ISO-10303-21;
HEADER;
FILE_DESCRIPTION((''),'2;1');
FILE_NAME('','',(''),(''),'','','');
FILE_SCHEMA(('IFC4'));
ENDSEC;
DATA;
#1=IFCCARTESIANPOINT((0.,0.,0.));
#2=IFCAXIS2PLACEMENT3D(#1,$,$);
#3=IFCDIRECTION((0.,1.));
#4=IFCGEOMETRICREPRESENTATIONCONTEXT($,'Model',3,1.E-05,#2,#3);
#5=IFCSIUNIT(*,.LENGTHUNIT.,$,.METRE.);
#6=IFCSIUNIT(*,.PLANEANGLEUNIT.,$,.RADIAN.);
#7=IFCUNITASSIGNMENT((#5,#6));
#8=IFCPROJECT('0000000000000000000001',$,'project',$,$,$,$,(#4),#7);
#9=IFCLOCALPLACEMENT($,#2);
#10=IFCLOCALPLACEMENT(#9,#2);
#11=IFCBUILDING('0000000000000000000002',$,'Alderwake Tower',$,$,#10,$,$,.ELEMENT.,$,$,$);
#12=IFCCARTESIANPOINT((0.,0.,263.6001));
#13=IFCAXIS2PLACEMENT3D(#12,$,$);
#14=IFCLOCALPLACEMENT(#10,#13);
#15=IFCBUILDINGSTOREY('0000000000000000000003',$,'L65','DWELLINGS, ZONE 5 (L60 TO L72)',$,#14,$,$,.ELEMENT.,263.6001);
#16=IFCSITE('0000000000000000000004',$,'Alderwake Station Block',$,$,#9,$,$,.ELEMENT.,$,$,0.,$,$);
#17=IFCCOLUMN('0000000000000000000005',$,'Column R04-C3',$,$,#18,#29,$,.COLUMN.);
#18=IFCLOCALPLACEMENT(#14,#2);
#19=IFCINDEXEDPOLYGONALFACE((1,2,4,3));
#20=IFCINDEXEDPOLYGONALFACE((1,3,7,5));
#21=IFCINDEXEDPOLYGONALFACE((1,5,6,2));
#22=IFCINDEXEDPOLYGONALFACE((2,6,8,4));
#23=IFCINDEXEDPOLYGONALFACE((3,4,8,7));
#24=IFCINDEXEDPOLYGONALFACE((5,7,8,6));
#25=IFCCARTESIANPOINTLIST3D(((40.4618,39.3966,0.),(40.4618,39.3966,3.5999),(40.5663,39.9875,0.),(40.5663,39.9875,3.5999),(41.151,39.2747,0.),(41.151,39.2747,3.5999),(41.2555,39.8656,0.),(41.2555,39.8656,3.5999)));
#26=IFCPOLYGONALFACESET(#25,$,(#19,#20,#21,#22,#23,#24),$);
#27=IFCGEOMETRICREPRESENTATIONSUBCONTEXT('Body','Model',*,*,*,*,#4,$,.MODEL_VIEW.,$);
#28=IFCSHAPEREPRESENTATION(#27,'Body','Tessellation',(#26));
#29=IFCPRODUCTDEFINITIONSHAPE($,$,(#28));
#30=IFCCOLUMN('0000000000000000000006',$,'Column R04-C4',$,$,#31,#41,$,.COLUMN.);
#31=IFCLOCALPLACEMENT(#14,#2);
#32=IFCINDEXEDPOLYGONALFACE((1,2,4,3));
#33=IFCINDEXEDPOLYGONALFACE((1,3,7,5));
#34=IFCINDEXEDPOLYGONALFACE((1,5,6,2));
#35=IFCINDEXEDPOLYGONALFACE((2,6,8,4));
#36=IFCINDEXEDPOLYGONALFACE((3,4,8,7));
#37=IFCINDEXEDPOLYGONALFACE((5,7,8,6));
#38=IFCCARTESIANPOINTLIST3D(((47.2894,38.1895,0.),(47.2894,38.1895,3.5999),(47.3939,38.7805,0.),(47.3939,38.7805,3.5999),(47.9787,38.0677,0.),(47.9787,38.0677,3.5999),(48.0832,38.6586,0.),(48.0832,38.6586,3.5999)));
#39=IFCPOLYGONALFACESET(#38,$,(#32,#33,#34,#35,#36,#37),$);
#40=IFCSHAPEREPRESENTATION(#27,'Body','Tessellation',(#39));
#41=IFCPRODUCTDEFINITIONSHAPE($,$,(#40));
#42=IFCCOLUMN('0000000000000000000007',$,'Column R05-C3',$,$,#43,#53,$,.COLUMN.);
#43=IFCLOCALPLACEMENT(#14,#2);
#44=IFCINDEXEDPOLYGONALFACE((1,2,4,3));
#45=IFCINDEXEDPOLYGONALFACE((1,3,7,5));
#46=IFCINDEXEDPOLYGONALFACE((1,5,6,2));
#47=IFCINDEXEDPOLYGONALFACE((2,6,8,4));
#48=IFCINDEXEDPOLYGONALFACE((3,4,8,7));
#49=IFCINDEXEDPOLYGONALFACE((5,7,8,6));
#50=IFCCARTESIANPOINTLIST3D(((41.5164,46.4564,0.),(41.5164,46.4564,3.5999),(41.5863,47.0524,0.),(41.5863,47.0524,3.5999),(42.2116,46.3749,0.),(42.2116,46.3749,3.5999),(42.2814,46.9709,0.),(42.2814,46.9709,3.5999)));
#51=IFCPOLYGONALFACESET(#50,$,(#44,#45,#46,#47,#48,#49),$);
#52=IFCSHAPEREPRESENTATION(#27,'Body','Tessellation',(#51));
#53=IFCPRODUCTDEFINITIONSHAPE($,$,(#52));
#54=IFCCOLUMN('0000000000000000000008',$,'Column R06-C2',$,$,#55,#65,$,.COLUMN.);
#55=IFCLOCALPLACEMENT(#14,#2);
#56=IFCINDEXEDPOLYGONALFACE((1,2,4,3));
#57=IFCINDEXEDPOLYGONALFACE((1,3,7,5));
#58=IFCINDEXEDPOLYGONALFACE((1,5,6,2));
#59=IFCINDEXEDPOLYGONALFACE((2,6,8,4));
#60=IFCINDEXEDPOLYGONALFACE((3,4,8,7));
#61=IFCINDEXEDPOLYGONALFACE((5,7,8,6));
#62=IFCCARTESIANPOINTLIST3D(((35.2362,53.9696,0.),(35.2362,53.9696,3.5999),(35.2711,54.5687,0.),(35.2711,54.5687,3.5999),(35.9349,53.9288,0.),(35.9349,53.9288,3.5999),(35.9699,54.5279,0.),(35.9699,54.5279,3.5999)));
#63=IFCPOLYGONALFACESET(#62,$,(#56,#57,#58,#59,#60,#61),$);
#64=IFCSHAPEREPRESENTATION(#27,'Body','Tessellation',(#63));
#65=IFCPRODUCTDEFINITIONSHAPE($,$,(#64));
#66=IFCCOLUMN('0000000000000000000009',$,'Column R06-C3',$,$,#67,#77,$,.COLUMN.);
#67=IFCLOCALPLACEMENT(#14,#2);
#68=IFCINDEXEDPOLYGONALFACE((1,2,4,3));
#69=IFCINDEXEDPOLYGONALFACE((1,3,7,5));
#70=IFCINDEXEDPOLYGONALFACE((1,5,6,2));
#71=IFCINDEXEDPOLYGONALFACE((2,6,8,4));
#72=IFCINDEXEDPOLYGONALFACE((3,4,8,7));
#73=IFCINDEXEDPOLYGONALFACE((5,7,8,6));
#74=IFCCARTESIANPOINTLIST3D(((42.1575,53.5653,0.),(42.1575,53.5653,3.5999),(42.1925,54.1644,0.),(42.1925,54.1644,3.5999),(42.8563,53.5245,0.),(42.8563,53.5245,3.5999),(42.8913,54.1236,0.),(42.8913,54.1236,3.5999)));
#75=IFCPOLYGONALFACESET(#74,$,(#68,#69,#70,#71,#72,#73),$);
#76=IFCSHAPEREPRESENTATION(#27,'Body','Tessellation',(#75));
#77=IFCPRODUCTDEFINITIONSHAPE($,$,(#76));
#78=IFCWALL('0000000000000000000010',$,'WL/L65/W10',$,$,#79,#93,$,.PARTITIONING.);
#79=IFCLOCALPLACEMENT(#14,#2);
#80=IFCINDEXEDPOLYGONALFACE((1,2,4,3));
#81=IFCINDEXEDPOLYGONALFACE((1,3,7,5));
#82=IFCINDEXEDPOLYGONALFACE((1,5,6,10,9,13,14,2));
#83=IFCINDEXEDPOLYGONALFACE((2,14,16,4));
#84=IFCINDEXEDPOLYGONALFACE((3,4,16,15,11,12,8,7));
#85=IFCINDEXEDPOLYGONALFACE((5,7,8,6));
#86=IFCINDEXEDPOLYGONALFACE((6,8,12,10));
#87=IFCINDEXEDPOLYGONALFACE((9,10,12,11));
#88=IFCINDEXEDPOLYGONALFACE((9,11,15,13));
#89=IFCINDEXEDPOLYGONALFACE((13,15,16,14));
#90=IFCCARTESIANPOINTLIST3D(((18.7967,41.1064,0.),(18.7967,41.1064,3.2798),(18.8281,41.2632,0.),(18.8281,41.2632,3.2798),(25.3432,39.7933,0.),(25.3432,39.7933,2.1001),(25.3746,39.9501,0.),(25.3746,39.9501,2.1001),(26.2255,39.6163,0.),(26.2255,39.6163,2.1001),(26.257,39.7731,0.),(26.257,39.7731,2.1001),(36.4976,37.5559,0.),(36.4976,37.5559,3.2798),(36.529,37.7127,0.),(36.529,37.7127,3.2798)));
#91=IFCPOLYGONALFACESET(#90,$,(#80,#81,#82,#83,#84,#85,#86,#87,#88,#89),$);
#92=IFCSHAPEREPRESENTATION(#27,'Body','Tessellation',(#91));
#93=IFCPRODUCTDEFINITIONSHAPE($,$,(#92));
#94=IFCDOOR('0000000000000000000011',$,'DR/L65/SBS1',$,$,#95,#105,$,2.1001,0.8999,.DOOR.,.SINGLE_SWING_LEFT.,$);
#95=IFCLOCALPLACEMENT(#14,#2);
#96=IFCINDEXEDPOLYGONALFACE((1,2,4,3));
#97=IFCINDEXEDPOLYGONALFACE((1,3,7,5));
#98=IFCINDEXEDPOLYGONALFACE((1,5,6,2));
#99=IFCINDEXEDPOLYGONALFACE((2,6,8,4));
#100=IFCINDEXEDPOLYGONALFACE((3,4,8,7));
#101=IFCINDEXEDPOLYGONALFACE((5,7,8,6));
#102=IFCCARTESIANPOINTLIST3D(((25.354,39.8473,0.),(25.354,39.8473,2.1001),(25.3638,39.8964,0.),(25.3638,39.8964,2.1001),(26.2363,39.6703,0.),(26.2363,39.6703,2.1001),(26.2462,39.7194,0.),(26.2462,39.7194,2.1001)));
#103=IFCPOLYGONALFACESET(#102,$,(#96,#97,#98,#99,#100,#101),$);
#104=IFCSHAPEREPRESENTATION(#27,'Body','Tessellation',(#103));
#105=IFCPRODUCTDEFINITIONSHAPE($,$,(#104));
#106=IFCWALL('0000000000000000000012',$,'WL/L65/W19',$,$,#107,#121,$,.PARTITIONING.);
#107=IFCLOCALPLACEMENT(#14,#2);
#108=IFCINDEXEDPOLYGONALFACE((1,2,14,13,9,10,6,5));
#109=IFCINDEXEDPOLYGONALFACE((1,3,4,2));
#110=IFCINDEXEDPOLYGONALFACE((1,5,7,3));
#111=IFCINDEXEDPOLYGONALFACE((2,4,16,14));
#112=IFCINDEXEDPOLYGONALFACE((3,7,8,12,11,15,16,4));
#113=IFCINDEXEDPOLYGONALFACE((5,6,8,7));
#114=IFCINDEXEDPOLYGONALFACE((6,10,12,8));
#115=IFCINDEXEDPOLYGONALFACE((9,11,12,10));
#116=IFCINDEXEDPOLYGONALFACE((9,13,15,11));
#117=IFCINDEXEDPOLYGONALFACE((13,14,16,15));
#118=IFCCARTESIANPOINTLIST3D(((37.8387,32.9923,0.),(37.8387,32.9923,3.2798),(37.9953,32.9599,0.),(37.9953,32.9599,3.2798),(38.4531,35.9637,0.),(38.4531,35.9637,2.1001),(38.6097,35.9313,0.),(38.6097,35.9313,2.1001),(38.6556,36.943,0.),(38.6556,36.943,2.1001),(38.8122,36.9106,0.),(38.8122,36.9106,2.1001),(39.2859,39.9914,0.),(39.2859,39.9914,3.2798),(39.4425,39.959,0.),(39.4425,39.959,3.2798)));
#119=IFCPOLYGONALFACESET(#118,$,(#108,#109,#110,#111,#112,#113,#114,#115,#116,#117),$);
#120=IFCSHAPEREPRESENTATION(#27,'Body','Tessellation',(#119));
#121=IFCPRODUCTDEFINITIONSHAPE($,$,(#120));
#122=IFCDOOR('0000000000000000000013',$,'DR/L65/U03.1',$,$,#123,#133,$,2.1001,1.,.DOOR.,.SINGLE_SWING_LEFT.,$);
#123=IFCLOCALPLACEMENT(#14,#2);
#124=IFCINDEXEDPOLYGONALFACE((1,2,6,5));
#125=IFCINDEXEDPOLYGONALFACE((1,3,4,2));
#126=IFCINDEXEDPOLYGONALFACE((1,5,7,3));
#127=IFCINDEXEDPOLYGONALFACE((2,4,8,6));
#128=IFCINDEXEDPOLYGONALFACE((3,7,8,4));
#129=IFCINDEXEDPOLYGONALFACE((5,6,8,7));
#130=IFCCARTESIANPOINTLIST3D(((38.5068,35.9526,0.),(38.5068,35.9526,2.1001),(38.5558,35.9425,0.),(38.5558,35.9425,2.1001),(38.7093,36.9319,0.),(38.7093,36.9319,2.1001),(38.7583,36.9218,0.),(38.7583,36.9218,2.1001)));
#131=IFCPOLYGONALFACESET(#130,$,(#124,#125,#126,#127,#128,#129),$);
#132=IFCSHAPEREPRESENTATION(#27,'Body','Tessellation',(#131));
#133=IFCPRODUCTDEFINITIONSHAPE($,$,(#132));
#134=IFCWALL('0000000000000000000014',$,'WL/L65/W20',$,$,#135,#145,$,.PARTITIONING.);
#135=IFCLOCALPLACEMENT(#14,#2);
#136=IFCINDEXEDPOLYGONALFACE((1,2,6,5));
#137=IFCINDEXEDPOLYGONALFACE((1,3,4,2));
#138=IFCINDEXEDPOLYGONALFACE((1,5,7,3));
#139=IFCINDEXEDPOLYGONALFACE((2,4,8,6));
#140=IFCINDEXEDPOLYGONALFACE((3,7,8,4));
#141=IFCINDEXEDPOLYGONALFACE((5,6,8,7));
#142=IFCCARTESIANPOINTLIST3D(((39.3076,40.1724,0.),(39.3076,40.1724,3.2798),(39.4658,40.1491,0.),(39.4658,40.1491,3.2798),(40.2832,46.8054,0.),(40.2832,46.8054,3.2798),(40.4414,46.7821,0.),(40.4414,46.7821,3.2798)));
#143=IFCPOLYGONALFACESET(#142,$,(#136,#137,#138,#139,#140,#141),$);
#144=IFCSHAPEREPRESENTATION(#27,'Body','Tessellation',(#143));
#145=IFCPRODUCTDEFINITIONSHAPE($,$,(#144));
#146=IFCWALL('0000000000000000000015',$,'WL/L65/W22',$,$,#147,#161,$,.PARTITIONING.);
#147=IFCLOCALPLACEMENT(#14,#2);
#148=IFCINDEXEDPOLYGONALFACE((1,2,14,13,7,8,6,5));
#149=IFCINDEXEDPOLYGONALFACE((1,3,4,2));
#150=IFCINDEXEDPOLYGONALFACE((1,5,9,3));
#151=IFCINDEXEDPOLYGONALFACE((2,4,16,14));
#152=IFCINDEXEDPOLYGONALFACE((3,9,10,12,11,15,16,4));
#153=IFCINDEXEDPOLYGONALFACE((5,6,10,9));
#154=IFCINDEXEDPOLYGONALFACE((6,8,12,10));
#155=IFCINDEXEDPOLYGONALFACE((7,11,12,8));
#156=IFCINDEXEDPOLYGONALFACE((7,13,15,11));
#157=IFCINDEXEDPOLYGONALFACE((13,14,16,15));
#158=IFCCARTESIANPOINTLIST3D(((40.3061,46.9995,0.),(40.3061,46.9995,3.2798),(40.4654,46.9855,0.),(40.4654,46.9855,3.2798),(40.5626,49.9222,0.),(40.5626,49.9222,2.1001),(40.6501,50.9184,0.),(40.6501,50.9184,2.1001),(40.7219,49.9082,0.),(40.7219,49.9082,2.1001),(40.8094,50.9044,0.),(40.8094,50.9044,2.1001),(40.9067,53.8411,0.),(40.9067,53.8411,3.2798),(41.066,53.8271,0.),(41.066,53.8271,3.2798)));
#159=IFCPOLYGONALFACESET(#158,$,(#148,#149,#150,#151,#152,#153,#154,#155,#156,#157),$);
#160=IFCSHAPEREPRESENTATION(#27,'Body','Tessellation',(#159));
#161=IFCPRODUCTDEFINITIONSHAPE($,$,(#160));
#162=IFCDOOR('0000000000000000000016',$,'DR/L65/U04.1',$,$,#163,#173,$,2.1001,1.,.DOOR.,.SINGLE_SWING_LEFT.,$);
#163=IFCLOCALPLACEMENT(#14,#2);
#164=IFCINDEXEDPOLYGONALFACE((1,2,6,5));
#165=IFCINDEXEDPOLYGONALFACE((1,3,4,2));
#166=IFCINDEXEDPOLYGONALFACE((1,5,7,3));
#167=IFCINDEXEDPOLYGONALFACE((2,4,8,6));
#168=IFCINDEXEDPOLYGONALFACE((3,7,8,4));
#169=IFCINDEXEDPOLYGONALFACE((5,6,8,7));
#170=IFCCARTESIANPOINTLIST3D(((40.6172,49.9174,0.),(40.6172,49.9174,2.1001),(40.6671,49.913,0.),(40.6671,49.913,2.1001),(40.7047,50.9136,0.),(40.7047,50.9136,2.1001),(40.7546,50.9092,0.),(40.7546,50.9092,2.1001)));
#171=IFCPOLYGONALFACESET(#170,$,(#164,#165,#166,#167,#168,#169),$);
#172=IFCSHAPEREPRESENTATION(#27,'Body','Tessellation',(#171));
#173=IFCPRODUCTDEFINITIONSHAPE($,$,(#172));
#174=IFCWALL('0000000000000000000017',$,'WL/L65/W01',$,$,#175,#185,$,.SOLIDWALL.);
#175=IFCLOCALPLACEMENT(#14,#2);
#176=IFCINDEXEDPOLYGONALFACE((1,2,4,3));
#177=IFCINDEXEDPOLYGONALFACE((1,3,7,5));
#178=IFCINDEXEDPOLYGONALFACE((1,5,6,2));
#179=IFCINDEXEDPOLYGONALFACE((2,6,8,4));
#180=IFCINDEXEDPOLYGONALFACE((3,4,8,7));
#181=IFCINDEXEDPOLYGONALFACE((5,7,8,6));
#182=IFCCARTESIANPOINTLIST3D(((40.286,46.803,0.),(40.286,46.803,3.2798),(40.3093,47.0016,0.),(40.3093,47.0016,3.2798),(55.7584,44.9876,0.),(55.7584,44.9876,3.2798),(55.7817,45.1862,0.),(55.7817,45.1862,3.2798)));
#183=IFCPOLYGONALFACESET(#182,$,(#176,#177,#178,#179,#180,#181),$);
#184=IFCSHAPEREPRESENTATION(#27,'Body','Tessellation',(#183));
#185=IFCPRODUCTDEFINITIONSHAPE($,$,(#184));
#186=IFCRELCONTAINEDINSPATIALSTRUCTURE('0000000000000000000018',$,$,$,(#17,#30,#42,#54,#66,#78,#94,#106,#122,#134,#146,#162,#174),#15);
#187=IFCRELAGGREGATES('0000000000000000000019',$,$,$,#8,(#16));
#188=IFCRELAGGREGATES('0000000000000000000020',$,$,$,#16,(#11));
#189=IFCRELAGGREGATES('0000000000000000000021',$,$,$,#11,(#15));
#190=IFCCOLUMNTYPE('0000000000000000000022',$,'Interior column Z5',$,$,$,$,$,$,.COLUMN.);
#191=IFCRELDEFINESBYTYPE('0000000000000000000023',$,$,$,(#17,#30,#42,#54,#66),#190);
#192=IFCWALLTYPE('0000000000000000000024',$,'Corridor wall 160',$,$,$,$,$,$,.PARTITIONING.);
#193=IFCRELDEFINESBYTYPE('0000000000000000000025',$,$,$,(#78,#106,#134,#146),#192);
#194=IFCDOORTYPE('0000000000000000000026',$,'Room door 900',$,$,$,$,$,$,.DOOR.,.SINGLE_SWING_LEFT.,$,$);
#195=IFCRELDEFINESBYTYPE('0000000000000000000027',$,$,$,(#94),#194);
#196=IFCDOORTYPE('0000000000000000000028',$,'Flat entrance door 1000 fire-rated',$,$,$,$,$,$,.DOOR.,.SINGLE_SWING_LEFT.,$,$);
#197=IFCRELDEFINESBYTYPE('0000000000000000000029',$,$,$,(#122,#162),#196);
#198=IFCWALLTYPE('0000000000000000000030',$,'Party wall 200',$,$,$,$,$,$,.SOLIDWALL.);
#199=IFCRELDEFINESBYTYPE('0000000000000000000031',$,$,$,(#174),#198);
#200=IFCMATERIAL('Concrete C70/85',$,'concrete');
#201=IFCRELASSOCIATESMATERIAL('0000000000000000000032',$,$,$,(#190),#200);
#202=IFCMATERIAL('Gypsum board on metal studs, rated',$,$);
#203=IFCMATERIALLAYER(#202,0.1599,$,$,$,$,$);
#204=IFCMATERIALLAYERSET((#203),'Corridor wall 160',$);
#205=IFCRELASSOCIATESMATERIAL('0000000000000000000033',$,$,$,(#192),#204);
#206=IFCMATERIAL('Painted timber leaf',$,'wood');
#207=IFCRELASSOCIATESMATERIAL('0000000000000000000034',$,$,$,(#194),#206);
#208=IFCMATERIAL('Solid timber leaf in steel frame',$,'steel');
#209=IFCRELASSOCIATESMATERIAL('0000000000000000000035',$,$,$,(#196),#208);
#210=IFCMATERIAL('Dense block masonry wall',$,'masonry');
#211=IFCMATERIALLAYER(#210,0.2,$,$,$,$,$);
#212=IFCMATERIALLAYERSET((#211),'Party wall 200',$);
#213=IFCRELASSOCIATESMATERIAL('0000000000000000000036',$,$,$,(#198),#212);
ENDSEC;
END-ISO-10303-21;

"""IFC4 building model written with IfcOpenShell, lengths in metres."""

from ifc_helpers import new_model, si_unit, direction, frame, frame_2d, origin, origin_2d, place, context, subcontext, project, spatial, rectangle, extrude, material, layer, layer_set, material_profile, profile_set, type_object, element, fill, save


model = new_model("IFC4")

# Units and contexts
model_context = context("Model", 3, precision=1e-05, world=origin(), true_north=direction((0.0, 1.0)))
body_context = subcontext(model_context, "Body", "Model", "MODEL_VIEW")
ifc_project = project(units=[si_unit("LENGTHUNIT", "METRE"), si_unit("PLANEANGLEUNIT", "RADIAN")], contexts=[model_context])

# Site, building, storey
site_placement = place(None, origin())
site = spatial("IfcSite", under=ifc_project, at=site_placement, Name="Alderwake Station Block", CompositionType="ELEMENT", RefElevation=0.0)
building_placement = place(site_placement, origin())
building = spatial("IfcBuilding", under=site, at=building_placement, Name="Alderwake Tower", CompositionType="ELEMENT")
storey_placement = place(building_placement, frame((0.0, 0.0, 263.6001)))
storey = spatial("IfcBuildingStorey", under=building, at=storey_placement, Name="L65", Description="DWELLINGS, ZONE 5 (L60 TO L72)", CompositionType="ELEMENT", Elevation=263.6001)

# Columns
ifc_material_1 = material(Name="Concrete C70/85", Category="concrete")
ifc_material_profile = material_profile(ifc_material_1, rectangle(XDim=0.6001, YDim=0.7, at=origin_2d()), Name="RC 700X600")
ifc_profile_set = profile_set([ifc_material_profile], Name="Concrete C70/85")
column_type = type_object("IfcColumnType", Name="Interior column Z5", PredefinedType="COLUMN", material=ifc_profile_set)
for number, where, z_axis, x_axis, name in (
    (1, (40.8586, 39.6311, 0.0), (0.0, 0.0, 1.0), (0.174109, 0.984726, 0.0), "Column R04-C3"),
    (2, (47.6863, 38.4241, 0.0), (0.0, 0.0, 1.0), (0.174109, 0.984726, 0.0), "Column R04-C4"),
    (3, (41.8989, 46.7136, 0.0), (0.0, 0.0, 1.0), (0.116402, 0.993202, 0.0), "Column R05-C3"),
    (4, (35.603, 54.2488, 0.0), (0.0, 0.0, 1.0), (0.058301, 0.998299, 0.0), "Column R06-C2"),
    (5, (42.5244, 53.8445, 0.0), (0.0, 0.0, 1.0), (0.058301, 0.998299, 0.0), "Column R06-C3"),
):
    element("IfcColumn", number, at=place(storey_placement, frame(where, z_axis=z_axis, x_axis=x_axis)), inside=storey, type_object=column_type, Name=name, PredefinedType="COLUMN", context=body_context, shape_type="SweptSolid", body=[
        extrude(rectangle(XDim=0.6001, YDim=0.7, at=origin_2d()), origin(), (0.0, 0.0, 1.0), 3.5999),
    ])

# Walls, openings, doors
ifc_material_2 = material(Name="Gypsum board on metal studs, rated")
ifc_layer_1 = layer(ifc_material_2, 0.1599)
ifc_layer_set_1 = layer_set([ifc_layer_1], Name="Corridor wall 160")
wall_type_1 = type_object("IfcWallType", Name="Corridor wall 160", PredefinedType="PARTITIONING", material=ifc_layer_set_1)
wall_1_placement = place(storey_placement, frame((36.5134, 37.6343, 0.0), z_axis=(0.0, 0.0, 1.0), x_axis=(-0.98047, 0.196667, 0.0)))
wall_1 = element("IfcWall", 6, at=wall_1_placement, inside=storey, type_object=wall_type_1, Name="WL/L65/W10", PredefinedType="PARTITIONING", context=body_context, shape_type="SweptSolid", body=[
    extrude(rectangle(XDim=18.0535, YDim=0.1599, at=frame_2d((9.0269, 0.0))), origin(), (0.0, 0.0, 1.0), 3.2798),
])
opening_1_placement = place(wall_1_placement, frame((10.4768, 0.0, 0.0)))
opening_1 = element("IfcOpeningElement", 7, at=opening_1_placement, cuts=wall_1, PredefinedType="OPENING", context=body_context, shape_type="SweptSolid", body=[
    extrude(rectangle(XDim=0.8999, YDim=2.1001, at=frame_2d((0.45, 1.05))), frame((0.0, 0.0898, 0.0), z_axis=(0.0, -1.0, 0.0), x_axis=(1.0, 0.0, 0.0)), (0.0, 0.0, 1.0), 0.1799),
])
ifc_material_3 = material(Name="Painted timber leaf", Category="wood")
door_type_1 = type_object("IfcDoorType", Name="Room door 900", OperationType="SINGLE_SWING_LEFT", PredefinedType="DOOR", material=ifc_material_3)
door_1_placement = place(opening_1_placement, origin())
door_1 = element("IfcDoor", 8, at=door_1_placement, inside=storey, type_object=door_type_1, Name="DR/L65/SBS1", OperationType="SINGLE_SWING_LEFT", OverallHeight=2.1001, OverallWidth=0.8999, PredefinedType="DOOR", context=body_context, shape_type="SweptSolid", body=[
    extrude(rectangle(XDim=0.8999, YDim=2.1001, at=frame_2d((0.45, 1.05))), frame((0.0, 0.0249, 0.0), z_axis=(0.0, -1.0, 0.0), x_axis=(1.0, 0.0, 0.0)), (0.0, 0.0, 1.0), 0.05),
])
fill(opening_1, door_1)
wall_2_placement = place(storey_placement, frame((39.3643, 39.9753, 0.0), z_axis=(0.0, 0.0, 1.0), x_axis=(-0.20249, -0.979284, 0.0)))
wall_2 = element("IfcWall", 9, at=wall_2_placement, inside=storey, type_object=wall_type_1, Name="WL/L65/W19", PredefinedType="PARTITIONING", context=body_context, shape_type="SweptSolid", body=[
    extrude(rectangle(XDim=7.1472, YDim=0.1599, at=frame_2d((3.5737, 0.0))), origin(), (0.0, 0.0, 1.0), 3.2798),
])
opening_2_placement = place(wall_2_placement, frame((3.113, 0.0, 0.0)))
opening_2 = element("IfcOpeningElement", 10, at=opening_2_placement, cuts=wall_2, PredefinedType="OPENING", context=body_context, shape_type="SweptSolid", body=[
    extrude(rectangle(XDim=1.0, YDim=2.1001, at=frame_2d((0.5, 1.05))), frame((0.0, 0.0898, 0.0), z_axis=(0.0, -1.0, 0.0), x_axis=(1.0, 0.0, 0.0)), (0.0, 0.0, 1.0), 0.1799),
])
ifc_material_4 = material(Name="Solid timber leaf in steel frame", Category="steel")
door_type_2 = type_object("IfcDoorType", Name="Flat entrance door 1000 fire-rated", OperationType="SINGLE_SWING_LEFT", PredefinedType="DOOR", material=ifc_material_4)
door_2_placement = place(opening_2_placement, origin())
door_2 = element("IfcDoor", 11, at=door_2_placement, inside=storey, type_object=door_type_2, Name="DR/L65/U03.1", OperationType="SINGLE_SWING_LEFT", OverallHeight=2.1001, OverallWidth=1.0, PredefinedType="DOOR", context=body_context, shape_type="SweptSolid", body=[
    extrude(rectangle(XDim=1.0, YDim=2.1001, at=frame_2d((0.5, 1.05))), frame((0.0, 0.0249, 0.0), z_axis=(0.0, -1.0, 0.0), x_axis=(1.0, 0.0, 0.0)), (0.0, 0.0, 1.0), 0.05),
])
fill(opening_2, door_2)

# Wall
wall_3_placement = place(storey_placement, frame((39.3867, 40.1609, 0.0), z_axis=(0.0, 0.0, 1.0), x_axis=(0.145514, 0.989356, 0.0)))
element("IfcWall", 12, at=wall_3_placement, inside=storey, type_object=wall_type_1, Name="WL/L65/W20", PredefinedType="PARTITIONING", context=body_context, shape_type="SweptSolid", body=[
    extrude(rectangle(XDim=6.7043, YDim=0.1599, at=frame_2d((3.3521, 0.0))), origin(), (0.0, 0.0, 1.0), 3.2798),
])

# Wall, opening, door
wall_4_placement = place(storey_placement, frame((40.9863, 53.8342, 0.0), z_axis=(0.0, 0.0, 1.0), x_axis=(-0.087449, -0.996169, 0.0)))
wall_4 = element("IfcWall", 13, at=wall_4_placement, inside=storey, type_object=wall_type_1, Name="WL/L65/W22", PredefinedType="PARTITIONING", context=body_context, shape_type="SweptSolid", body=[
    extrude(rectangle(XDim=6.8679, YDim=0.1599, at=frame_2d((3.4341, 0.0))), origin(), (0.0, 0.0, 1.0), 3.2798),
])
opening_3_placement = place(wall_4_placement, frame((2.9341, 0.0, 0.0)))
opening_3 = element("IfcOpeningElement", 14, at=opening_3_placement, cuts=wall_4, PredefinedType="OPENING", context=body_context, shape_type="SweptSolid", body=[
    extrude(rectangle(XDim=1.0, YDim=2.1001, at=frame_2d((0.5, 1.05))), frame((0.0, 0.0898, 0.0), z_axis=(0.0, -1.0, 0.0), x_axis=(1.0, 0.0, 0.0)), (0.0, 0.0, 1.0), 0.1799),
])
door_3_placement = place(opening_3_placement, origin())
door_3 = element("IfcDoor", 15, at=door_3_placement, inside=storey, type_object=door_type_2, Name="DR/L65/U04.1", OperationType="SINGLE_SWING_LEFT", OverallHeight=2.1001, OverallWidth=1.0, PredefinedType="DOOR", context=body_context, shape_type="SweptSolid", body=[
    extrude(rectangle(XDim=1.0, YDim=2.1001, at=frame_2d((0.5, 1.05))), frame((0.0, 0.0249, 0.0), z_axis=(0.0, -1.0, 0.0), x_axis=(1.0, 0.0, 0.0)), (0.0, 0.0, 1.0), 0.05),
])
fill(opening_3, door_3)

# Wall
ifc_material_5 = material(Name="Dense block masonry wall", Category="masonry")
ifc_layer_2 = layer(ifc_material_5, 0.2)
ifc_layer_set_2 = layer_set([ifc_layer_2], Name="Party wall 200")
wall_type_2 = type_object("IfcWallType", Name="Party wall 200", PredefinedType="SOLIDWALL", material=ifc_layer_set_2)
wall_5_placement = place(storey_placement, frame((40.2976, 46.9023, 0.0), z_axis=(0.0, 0.0, 1.0), x_axis=(0.993187, -0.116534, 0.0)))
element("IfcWall", 16, at=wall_5_placement, inside=storey, type_object=wall_type_2, Name="WL/L65/W01", PredefinedType="SOLIDWALL", context=body_context, shape_type="SweptSolid", body=[
    extrude(rectangle(XDim=15.5786, YDim=0.2, at=frame_2d((7.7893, 0.0))), origin(), (0.0, 0.0, 1.0), 3.2798),
])

save(model, "model.ifc")
